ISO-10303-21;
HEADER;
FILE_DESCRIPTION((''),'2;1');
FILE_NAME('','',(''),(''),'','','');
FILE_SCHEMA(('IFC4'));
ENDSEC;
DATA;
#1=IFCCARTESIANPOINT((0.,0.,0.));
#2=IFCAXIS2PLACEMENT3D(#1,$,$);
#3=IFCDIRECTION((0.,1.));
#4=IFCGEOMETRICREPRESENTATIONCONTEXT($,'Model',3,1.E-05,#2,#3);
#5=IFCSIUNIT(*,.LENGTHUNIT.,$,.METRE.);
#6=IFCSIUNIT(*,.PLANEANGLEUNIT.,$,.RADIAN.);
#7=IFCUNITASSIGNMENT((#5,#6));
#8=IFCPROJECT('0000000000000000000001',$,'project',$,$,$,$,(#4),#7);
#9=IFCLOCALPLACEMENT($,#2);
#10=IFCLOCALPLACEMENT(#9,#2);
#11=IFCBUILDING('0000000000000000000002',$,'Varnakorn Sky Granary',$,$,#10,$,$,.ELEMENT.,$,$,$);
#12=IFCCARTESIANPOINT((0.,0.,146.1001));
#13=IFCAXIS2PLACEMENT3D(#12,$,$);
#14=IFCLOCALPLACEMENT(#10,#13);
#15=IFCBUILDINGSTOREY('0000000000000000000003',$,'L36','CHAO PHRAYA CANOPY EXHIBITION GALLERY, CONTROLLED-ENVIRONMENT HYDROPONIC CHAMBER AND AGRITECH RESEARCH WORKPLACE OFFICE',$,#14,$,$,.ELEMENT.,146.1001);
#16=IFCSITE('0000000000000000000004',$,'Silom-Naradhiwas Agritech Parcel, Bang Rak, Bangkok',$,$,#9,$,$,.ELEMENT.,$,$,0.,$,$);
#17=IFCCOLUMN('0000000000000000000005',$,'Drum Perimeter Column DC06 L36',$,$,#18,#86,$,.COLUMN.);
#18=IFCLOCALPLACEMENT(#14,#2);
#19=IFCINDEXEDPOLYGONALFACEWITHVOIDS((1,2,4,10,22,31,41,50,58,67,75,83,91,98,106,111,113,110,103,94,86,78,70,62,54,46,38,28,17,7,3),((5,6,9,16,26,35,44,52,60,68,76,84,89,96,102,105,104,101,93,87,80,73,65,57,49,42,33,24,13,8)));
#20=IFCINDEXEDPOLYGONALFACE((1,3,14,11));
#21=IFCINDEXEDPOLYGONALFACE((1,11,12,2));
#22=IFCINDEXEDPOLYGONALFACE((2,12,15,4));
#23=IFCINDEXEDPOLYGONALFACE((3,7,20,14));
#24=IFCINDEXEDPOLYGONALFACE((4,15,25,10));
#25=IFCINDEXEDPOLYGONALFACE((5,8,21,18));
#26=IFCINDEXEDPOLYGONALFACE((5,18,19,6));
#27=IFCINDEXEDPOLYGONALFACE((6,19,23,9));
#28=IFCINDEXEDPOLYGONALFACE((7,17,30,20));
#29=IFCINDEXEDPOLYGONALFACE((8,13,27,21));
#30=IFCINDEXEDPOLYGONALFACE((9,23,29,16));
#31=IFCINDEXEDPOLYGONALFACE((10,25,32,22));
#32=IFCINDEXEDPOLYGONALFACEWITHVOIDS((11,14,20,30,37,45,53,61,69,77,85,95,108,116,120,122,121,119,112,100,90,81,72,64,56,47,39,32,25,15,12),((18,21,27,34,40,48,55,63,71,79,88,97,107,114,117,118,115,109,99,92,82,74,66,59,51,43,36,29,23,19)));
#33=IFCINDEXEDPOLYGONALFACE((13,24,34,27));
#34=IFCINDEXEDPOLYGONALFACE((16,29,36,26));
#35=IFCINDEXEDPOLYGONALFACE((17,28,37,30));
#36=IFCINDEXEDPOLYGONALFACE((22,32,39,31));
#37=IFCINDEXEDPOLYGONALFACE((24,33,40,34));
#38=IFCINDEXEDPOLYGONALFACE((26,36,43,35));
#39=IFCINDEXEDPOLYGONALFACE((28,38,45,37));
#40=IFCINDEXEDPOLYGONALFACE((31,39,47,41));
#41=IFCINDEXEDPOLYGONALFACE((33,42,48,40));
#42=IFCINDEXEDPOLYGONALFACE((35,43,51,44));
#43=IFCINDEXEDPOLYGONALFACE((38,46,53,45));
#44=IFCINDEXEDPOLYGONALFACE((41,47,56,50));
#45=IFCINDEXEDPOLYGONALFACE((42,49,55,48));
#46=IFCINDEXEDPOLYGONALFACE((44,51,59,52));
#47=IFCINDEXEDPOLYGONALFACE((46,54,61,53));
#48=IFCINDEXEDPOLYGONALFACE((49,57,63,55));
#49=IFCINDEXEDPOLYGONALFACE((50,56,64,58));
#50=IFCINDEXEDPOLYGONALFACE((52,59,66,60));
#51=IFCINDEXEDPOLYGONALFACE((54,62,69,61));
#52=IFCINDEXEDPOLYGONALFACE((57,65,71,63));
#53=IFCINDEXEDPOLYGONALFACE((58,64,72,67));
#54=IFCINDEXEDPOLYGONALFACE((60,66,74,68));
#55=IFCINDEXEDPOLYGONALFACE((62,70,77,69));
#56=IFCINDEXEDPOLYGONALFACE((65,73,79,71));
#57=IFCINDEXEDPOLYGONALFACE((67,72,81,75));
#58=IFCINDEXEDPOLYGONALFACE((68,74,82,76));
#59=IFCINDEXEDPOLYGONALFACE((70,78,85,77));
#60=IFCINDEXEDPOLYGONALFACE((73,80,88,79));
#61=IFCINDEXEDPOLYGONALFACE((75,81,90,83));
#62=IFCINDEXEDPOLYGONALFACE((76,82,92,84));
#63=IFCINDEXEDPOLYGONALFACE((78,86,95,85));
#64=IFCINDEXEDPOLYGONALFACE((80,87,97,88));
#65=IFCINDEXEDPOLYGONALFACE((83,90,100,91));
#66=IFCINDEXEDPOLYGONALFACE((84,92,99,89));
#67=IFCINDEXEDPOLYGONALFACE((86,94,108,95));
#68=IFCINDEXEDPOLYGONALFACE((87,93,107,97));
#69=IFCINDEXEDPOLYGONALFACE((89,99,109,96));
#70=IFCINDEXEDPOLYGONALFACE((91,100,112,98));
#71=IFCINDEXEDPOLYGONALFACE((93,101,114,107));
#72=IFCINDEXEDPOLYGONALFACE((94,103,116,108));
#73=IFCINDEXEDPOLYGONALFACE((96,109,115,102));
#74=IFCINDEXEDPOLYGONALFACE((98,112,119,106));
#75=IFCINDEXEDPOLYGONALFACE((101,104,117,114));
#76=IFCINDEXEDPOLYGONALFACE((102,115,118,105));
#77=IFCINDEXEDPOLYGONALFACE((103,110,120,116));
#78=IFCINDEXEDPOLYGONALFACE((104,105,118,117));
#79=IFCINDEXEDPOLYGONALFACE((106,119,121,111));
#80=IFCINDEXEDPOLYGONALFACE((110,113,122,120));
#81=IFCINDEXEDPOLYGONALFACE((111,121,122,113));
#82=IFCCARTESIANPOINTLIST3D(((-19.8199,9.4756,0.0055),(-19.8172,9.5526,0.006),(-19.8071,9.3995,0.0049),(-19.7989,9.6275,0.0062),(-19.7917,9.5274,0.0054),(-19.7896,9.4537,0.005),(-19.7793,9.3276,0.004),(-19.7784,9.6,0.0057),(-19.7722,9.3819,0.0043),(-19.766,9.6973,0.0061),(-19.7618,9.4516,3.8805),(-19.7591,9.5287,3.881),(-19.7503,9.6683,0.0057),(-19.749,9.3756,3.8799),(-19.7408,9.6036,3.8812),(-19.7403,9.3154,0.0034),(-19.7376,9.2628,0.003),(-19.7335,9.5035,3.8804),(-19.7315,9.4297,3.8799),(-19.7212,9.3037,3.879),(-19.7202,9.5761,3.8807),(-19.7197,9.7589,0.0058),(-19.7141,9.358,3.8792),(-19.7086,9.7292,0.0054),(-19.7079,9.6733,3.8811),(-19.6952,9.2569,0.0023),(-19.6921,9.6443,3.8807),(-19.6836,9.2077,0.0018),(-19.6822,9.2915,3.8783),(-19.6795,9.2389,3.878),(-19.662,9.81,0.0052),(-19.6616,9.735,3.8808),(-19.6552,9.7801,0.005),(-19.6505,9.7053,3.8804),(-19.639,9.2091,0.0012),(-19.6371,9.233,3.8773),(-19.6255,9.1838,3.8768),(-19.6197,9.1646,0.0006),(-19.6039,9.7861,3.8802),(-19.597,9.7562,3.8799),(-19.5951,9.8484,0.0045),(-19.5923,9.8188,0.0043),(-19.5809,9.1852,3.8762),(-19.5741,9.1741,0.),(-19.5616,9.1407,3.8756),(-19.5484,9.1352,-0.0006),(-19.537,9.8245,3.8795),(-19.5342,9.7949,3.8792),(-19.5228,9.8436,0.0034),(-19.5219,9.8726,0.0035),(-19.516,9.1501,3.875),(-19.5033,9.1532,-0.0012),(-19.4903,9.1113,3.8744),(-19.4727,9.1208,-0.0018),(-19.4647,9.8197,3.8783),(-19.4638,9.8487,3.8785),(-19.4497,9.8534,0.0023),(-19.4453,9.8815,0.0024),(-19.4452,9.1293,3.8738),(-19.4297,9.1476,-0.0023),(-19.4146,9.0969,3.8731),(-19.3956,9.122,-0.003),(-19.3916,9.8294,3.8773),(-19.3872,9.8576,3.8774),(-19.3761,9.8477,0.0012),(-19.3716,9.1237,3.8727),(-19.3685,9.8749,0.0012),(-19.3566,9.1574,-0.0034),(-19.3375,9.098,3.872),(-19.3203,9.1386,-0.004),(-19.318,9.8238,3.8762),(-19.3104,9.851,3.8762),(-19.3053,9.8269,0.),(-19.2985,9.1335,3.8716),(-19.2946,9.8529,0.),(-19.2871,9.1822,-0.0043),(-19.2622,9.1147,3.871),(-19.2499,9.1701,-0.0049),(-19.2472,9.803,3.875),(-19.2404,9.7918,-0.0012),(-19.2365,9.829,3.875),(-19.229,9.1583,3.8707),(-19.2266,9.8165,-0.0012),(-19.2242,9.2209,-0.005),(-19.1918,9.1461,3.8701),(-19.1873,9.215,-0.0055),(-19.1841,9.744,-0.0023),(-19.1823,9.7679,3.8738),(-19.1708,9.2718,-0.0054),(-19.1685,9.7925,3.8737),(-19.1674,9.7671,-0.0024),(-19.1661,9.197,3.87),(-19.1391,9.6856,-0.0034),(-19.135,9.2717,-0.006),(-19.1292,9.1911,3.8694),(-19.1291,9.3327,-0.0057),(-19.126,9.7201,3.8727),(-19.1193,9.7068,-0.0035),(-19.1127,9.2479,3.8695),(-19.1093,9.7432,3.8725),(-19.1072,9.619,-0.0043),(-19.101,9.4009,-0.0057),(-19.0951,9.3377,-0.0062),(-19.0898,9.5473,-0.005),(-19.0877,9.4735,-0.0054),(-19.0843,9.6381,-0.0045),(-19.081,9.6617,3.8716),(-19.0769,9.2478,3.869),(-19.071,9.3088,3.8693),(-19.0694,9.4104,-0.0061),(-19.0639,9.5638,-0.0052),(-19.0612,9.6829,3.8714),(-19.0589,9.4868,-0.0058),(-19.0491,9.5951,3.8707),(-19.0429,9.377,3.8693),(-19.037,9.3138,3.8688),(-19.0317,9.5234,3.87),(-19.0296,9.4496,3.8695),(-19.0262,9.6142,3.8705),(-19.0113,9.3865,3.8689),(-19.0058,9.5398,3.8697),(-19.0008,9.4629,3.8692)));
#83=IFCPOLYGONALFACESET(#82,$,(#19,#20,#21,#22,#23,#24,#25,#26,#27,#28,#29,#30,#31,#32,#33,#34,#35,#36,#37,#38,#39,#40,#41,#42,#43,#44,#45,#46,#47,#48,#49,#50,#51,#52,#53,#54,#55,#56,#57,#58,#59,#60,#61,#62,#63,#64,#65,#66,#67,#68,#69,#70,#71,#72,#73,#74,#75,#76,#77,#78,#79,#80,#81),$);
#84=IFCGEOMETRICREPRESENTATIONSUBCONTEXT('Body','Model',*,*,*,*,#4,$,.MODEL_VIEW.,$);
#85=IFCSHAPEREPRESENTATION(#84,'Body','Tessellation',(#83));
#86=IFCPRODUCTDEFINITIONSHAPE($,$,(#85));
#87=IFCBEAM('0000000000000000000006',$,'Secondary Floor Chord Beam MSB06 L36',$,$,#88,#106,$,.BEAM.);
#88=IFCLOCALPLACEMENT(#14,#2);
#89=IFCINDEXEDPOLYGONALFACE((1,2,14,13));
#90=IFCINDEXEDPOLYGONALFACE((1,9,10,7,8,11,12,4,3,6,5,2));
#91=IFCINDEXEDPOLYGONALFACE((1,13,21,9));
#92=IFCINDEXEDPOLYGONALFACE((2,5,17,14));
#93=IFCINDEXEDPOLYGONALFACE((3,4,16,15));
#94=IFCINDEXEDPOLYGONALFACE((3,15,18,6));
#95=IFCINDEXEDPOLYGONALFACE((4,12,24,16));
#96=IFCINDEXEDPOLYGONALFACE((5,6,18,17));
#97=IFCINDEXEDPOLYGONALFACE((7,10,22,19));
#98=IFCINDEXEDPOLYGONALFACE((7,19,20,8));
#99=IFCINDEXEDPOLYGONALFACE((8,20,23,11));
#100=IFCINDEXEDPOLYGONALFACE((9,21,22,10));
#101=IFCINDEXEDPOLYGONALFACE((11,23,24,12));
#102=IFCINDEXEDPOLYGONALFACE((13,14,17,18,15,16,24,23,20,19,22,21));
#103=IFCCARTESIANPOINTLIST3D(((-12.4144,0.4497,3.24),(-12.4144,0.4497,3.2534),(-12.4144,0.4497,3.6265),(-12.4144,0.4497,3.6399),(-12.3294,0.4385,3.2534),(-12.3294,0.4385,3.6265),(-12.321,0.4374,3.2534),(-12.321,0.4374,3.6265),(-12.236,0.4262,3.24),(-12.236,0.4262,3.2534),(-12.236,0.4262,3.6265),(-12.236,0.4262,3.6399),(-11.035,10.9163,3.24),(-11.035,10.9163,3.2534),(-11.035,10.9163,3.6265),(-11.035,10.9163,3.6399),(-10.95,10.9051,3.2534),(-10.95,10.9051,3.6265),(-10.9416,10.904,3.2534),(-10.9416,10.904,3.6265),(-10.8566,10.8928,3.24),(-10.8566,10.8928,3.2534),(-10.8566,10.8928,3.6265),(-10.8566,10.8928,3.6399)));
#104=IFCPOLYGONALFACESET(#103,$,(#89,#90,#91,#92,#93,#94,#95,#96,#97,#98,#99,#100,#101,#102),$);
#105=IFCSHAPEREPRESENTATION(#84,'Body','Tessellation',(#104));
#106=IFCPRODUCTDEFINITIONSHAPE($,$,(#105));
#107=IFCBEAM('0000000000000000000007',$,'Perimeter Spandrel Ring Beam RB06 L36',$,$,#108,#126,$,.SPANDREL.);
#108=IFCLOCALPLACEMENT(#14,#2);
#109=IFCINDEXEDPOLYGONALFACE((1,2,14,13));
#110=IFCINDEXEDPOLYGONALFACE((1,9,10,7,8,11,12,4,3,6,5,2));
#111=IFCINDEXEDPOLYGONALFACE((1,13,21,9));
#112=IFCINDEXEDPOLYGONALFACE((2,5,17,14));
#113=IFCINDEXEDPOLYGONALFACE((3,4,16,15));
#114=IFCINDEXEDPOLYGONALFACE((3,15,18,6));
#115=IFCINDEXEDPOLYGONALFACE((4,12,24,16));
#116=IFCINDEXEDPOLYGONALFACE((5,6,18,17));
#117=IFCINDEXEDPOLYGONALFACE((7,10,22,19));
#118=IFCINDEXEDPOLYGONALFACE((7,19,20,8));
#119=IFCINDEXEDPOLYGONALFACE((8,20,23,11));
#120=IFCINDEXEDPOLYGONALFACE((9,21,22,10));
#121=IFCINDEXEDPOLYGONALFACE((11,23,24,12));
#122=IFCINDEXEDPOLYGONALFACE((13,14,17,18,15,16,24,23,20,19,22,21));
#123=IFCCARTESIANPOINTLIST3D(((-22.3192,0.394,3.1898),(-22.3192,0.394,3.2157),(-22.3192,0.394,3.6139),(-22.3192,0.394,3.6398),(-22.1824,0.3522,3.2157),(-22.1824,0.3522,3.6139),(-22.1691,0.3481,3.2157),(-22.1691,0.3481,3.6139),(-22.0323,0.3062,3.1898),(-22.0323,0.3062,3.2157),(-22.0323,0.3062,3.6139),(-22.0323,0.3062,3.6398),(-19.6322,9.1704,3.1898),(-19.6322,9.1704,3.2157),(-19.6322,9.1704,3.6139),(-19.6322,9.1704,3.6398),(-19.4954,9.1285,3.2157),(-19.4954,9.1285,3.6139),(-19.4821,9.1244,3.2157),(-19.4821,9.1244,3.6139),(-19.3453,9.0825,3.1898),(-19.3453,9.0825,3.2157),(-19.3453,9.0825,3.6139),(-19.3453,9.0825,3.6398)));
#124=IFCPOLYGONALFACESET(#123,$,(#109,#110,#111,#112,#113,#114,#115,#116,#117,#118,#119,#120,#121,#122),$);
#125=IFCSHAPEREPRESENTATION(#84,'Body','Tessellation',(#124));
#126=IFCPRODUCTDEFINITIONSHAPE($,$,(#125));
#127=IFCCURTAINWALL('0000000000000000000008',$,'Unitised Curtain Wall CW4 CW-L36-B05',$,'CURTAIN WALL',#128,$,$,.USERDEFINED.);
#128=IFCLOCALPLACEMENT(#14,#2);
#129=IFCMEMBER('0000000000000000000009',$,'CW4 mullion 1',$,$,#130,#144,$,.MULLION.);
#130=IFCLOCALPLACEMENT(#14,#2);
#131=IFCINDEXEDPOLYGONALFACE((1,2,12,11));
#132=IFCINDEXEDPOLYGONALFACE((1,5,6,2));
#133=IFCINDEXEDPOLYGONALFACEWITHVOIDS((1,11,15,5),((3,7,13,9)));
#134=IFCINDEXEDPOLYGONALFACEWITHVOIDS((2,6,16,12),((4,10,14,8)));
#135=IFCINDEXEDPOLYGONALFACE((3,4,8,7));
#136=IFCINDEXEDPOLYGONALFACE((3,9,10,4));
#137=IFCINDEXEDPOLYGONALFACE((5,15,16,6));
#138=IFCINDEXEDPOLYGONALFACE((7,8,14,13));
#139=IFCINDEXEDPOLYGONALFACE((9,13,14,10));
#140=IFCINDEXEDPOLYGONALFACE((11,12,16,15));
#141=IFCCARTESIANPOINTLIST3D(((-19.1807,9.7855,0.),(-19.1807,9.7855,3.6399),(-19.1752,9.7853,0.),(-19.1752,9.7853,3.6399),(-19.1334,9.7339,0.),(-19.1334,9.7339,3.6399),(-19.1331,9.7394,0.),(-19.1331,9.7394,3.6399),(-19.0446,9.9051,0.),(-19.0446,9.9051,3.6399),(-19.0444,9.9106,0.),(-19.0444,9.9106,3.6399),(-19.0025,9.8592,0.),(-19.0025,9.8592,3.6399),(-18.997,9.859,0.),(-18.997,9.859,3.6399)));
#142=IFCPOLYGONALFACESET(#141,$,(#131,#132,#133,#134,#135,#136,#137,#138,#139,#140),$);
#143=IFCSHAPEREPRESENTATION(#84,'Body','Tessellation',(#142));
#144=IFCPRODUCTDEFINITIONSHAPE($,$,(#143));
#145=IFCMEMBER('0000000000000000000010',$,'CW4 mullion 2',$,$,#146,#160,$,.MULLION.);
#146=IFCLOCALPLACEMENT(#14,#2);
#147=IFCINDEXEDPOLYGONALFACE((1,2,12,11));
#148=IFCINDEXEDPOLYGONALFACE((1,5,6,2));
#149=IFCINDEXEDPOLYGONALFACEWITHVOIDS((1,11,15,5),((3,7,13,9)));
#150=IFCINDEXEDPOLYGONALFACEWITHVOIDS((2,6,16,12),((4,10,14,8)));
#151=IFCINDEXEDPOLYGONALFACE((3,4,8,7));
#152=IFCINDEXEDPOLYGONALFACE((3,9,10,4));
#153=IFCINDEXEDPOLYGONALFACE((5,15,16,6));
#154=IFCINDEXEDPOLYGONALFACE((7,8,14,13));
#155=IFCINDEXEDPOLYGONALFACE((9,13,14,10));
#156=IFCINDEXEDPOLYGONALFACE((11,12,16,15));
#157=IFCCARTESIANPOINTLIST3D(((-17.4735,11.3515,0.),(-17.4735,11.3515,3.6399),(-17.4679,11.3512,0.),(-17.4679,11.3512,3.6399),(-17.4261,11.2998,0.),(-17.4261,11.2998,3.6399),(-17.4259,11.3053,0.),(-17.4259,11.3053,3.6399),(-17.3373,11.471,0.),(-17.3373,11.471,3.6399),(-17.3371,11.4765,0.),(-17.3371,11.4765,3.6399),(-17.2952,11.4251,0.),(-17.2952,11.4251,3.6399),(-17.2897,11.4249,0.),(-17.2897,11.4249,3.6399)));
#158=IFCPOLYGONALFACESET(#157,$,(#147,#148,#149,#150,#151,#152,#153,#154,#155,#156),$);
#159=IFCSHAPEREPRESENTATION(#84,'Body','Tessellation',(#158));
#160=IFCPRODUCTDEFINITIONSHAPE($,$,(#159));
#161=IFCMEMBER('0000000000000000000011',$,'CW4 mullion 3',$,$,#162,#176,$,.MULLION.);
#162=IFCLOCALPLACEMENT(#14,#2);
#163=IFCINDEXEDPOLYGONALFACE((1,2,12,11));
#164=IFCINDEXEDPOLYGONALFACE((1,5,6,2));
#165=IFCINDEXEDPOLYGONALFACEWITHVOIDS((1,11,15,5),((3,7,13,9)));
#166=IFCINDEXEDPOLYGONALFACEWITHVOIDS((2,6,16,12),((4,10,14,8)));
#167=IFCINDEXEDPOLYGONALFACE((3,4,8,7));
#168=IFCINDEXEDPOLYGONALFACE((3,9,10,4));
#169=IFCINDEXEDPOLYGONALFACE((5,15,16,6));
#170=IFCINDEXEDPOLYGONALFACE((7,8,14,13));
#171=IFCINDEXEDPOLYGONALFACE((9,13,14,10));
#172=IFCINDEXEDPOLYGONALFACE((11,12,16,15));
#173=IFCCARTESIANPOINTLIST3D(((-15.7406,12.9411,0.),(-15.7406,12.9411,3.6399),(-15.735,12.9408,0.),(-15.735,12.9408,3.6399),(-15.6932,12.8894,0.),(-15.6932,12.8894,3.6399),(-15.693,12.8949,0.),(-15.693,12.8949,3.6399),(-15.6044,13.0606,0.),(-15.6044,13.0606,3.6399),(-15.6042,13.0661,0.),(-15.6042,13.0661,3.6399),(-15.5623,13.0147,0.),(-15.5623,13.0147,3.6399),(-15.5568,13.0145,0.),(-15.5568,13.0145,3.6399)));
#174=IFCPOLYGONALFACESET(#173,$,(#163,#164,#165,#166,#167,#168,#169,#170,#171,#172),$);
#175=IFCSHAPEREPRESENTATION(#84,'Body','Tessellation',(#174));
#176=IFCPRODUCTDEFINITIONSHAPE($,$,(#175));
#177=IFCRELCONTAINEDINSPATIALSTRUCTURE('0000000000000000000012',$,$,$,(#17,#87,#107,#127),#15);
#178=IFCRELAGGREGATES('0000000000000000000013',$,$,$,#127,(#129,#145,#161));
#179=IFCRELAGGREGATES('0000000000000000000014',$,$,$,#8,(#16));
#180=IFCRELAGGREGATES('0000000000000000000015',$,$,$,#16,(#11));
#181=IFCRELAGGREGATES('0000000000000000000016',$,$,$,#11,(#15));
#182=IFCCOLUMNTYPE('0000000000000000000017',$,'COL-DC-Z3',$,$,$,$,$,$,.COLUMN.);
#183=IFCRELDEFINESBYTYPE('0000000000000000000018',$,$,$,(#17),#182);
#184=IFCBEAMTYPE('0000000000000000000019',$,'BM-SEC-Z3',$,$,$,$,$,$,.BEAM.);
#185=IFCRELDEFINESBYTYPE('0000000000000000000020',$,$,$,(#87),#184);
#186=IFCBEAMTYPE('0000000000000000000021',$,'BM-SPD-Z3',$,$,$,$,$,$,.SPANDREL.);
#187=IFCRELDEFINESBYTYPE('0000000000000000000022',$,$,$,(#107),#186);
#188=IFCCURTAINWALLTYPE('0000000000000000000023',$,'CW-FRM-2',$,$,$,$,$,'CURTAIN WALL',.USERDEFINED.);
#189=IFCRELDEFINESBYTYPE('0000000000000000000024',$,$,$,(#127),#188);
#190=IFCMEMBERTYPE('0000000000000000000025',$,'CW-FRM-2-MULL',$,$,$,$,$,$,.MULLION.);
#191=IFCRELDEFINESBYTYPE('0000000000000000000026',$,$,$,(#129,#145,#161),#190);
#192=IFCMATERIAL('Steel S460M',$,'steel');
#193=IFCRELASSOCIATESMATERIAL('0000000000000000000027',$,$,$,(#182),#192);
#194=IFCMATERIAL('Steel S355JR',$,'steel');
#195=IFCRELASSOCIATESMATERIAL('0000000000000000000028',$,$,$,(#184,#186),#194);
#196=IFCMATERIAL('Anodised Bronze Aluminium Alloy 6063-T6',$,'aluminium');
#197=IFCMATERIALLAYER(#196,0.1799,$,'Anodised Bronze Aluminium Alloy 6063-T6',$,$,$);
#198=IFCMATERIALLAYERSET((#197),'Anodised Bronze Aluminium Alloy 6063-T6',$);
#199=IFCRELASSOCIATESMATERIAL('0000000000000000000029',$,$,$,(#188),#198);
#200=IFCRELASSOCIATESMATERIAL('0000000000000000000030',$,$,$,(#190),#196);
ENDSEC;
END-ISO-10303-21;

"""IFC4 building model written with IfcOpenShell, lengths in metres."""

from ifc_helpers import new_model, si_unit, direction, frame, origin, origin_2d, place, context, subcontext, project, spatial, hollow_rectangle, hollow_circle, i_section, extrude, material, layer, layer_set, material_profile, profile_set, type_object, element, aggregate, save


model = new_model("IFC4")

# Units and contexts
model_context = context("Model", 3, precision=1e-05, world=origin(), true_north=direction((0.0, 1.0)))
body_context = subcontext(model_context, "Body", "Model", "MODEL_VIEW")
ifc_project = project(units=[si_unit("LENGTHUNIT", "METRE"), si_unit("PLANEANGLEUNIT", "RADIAN")], contexts=[model_context])

# Site, building, storey
site_placement = place(None, origin())
site = spatial("IfcSite", under=ifc_project, at=site_placement, Name="Silom-Naradhiwas Agritech Parcel, Bang Rak, Bangkok", CompositionType="ELEMENT", RefElevation=0.0)
building_placement = place(site_placement, origin())
building = spatial("IfcBuilding", under=site, at=building_placement, Name="Varnakorn Sky Granary", CompositionType="ELEMENT")
storey_placement = place(building_placement, frame((0.0, 0.0, 146.1001)))
storey = spatial("IfcBuildingStorey", under=building, at=storey_placement, Name="L36", Description="CHAO PHRAYA CANOPY EXHIBITION GALLERY, CONTROLLED-ENVIRONMENT HYDROPONIC CHAMBER AND AGRITECH RESEARCH WORKPLACE OFFICE", CompositionType="ELEMENT", Elevation=146.1001)

# Column
ifc_material_1 = material(Name="Steel S460M", Category="steel")
ifc_material_profile_1 = material_profile(ifc_material_1, hollow_circle(Radius=0.3811, WallThickness=0.0281, at=origin_2d()), Name="CHS 762x28")
ifc_profile_set_1 = profile_set([ifc_material_profile_1], Name="Steel S460M")
column_type = type_object("IfcColumnType", Name="COL-DC-Z3", PredefinedType="COLUMN", material=ifc_profile_set_1)
column_placement = place(storey_placement, frame((-19.4397, 9.5005, 0.0), z_axis=(0.014993, -0.006174, 0.999869), x_axis=(0.38075, 0.924678, 0.0)))
element("IfcColumn", 1, at=column_placement, inside=storey, type_object=column_type, Name="Drum Perimeter Column DC06 L36", PredefinedType="COLUMN", context=body_context, shape_type="SweptSolid", body=[
    extrude(hollow_circle(Radius=0.3811, WallThickness=0.0281, at=origin_2d()), origin(), (0.0, 0.0, 1.0), 3.8755),
])

# Beams
ifc_material_2 = material(Name="Steel S355JR", Category="steel")
ifc_material_profile_2 = material_profile(ifc_material_2, i_section(OverallWidth=0.1799, OverallDepth=0.3999, WebThickness=0.0085, FlangeThickness=0.0134, at=origin_2d()), Name="IPE 400")
ifc_profile_set_2 = profile_set([ifc_material_profile_2], Name="Steel S355JR")
beam_type_1 = type_object("IfcBeamType", Name="BM-SEC-Z3", PredefinedType="BEAM", material=ifc_profile_set_2)
beam_1_placement = place(storey_placement, frame((-10.9458, 10.9045, 3.4399), z_axis=(-0.130661, -0.991427, 0.0), x_axis=(0.991427, -0.130661, 0.0)))
element("IfcBeam", 2, at=beam_1_placement, inside=storey, type_object=beam_type_1, Name="Secondary Floor Chord Beam MSB06 L36", PredefinedType="BEAM", context=body_context, shape_type="SweptSolid", body=[
    extrude(i_section(OverallWidth=0.1799, OverallDepth=0.3999, WebThickness=0.0085, FlangeThickness=0.0134, at=origin_2d()), origin(), (0.0, 0.0, 1.0), 10.5571),
])
ifc_material_profile_3 = material_profile(ifc_material_2, i_section(OverallWidth=0.3, OverallDepth=0.45, WebThickness=0.0139, FlangeThickness=0.0259, at=origin_2d()), Name="HE 450 B")
ifc_profile_set_3 = profile_set([ifc_material_profile_3], Name="Steel S355JR")
beam_type_2 = type_object("IfcBeamType", Name="BM-SPD-Z3", PredefinedType="SPANDREL", material=ifc_profile_set_3)
beam_2_placement = place(storey_placement, frame((-19.4888, 9.1265, 3.4148), z_axis=(-0.292751, -0.956189, 0.0), x_axis=(0.956189, -0.292751, 0.0)))
element("IfcBeam", 3, at=beam_2_placement, inside=storey, type_object=beam_type_2, Name="Perimeter Spandrel Ring Beam RB06 L36", PredefinedType="SPANDREL", context=body_context, shape_type="SweptSolid", body=[
    extrude(i_section(OverallWidth=0.3, OverallDepth=0.45, WebThickness=0.0139, FlangeThickness=0.0259, at=origin_2d()), origin(), (0.0, 0.0, 1.0), 9.1785),
])

# Curtain wall, members
ifc_material_3 = material(Name="Anodised Bronze Aluminium Alloy 6063-T6", Category="aluminium")
ifc_layer_1 = layer(ifc_material_3, 0.1799, Name="Anodised Bronze Aluminium Alloy 6063-T6")
ifc_layer_set_1 = layer_set([ifc_layer_1], Name="Anodised Bronze Aluminium Alloy 6063-T6")
curtain_wall_type = type_object("IfcCurtainWallType", Name="CW-FRM-2", ElementType="CURTAIN WALL", PredefinedType="USERDEFINED", material=ifc_layer_set_1)
curtain_wall_placement = place(storey_placement, origin())
curtain_wall = element("IfcCurtainWall", 4, at=curtain_wall_placement, inside=storey, type_object=curtain_wall_type, Name="Unitised Curtain Wall CW4 CW-L36-B05", ObjectType="CURTAIN WALL", PredefinedType="USERDEFINED")
ifc_material_profile_4 = material_profile(ifc_material_3, hollow_rectangle(XDim=0.0701, YDim=0.1851, WallThickness=0.0039, at=origin_2d()), Name="ALU MULL 70x185")
ifc_profile_set_4 = profile_set([ifc_material_profile_4], Name="Anodised Bronze Aluminium Alloy 6063-T6")
member_type_1 = type_object("IfcMemberType", Name="CW-FRM-2-MULL", PredefinedType="MULLION", material=ifc_profile_set_4)
member_1_placement = place(storey_placement, frame((-19.0889, 9.8223, 0.0), z_axis=(0.0, 0.0, 1.0), x_axis=(-0.67596, 0.736938, 0.0)))
member_1 = element("IfcMember", 5, at=member_1_placement, type_object=member_type_1, Name="CW4 mullion 1", PredefinedType="MULLION", context=body_context, shape_type="SweptSolid", body=[
    extrude(hollow_rectangle(XDim=0.0701, YDim=0.1851, WallThickness=0.0039, at=origin_2d()), origin(), (0.0, 0.0, 1.0), 3.6399),
])
member_2_placement = place(storey_placement, frame((-17.3816, 11.3882, 0.0), z_axis=(0.0, 0.0, 1.0), x_axis=(-0.67596, 0.736938, 0.0)))
member_2 = element("IfcMember", 6, at=member_2_placement, type_object=member_type_1, Name="CW4 mullion 2", PredefinedType="MULLION", context=body_context, shape_type="SweptSolid", body=[
    extrude(hollow_rectangle(XDim=0.0701, YDim=0.1851, WallThickness=0.0039, at=origin_2d()), origin(), (0.0, 0.0, 1.0), 3.6399),
])
member_3_placement = place(storey_placement, frame((-15.6487, 12.9778, 0.0), z_axis=(0.0, 0.0, 1.0), x_axis=(-0.67596, 0.736938, 0.0)))
member_3 = element("IfcMember", 7, at=member_3_placement, type_object=member_type_1, Name="CW4 mullion 3", PredefinedType="MULLION", context=body_context, shape_type="SweptSolid", body=[
    extrude(hollow_rectangle(XDim=0.0701, YDim=0.1851, WallThickness=0.0039, at=origin_2d()), origin(), (0.0, 0.0, 1.0), 3.6399),
])
aggregate(curtain_wall, [member_1, member_2, member_3])

save(model, "model.ifc")
